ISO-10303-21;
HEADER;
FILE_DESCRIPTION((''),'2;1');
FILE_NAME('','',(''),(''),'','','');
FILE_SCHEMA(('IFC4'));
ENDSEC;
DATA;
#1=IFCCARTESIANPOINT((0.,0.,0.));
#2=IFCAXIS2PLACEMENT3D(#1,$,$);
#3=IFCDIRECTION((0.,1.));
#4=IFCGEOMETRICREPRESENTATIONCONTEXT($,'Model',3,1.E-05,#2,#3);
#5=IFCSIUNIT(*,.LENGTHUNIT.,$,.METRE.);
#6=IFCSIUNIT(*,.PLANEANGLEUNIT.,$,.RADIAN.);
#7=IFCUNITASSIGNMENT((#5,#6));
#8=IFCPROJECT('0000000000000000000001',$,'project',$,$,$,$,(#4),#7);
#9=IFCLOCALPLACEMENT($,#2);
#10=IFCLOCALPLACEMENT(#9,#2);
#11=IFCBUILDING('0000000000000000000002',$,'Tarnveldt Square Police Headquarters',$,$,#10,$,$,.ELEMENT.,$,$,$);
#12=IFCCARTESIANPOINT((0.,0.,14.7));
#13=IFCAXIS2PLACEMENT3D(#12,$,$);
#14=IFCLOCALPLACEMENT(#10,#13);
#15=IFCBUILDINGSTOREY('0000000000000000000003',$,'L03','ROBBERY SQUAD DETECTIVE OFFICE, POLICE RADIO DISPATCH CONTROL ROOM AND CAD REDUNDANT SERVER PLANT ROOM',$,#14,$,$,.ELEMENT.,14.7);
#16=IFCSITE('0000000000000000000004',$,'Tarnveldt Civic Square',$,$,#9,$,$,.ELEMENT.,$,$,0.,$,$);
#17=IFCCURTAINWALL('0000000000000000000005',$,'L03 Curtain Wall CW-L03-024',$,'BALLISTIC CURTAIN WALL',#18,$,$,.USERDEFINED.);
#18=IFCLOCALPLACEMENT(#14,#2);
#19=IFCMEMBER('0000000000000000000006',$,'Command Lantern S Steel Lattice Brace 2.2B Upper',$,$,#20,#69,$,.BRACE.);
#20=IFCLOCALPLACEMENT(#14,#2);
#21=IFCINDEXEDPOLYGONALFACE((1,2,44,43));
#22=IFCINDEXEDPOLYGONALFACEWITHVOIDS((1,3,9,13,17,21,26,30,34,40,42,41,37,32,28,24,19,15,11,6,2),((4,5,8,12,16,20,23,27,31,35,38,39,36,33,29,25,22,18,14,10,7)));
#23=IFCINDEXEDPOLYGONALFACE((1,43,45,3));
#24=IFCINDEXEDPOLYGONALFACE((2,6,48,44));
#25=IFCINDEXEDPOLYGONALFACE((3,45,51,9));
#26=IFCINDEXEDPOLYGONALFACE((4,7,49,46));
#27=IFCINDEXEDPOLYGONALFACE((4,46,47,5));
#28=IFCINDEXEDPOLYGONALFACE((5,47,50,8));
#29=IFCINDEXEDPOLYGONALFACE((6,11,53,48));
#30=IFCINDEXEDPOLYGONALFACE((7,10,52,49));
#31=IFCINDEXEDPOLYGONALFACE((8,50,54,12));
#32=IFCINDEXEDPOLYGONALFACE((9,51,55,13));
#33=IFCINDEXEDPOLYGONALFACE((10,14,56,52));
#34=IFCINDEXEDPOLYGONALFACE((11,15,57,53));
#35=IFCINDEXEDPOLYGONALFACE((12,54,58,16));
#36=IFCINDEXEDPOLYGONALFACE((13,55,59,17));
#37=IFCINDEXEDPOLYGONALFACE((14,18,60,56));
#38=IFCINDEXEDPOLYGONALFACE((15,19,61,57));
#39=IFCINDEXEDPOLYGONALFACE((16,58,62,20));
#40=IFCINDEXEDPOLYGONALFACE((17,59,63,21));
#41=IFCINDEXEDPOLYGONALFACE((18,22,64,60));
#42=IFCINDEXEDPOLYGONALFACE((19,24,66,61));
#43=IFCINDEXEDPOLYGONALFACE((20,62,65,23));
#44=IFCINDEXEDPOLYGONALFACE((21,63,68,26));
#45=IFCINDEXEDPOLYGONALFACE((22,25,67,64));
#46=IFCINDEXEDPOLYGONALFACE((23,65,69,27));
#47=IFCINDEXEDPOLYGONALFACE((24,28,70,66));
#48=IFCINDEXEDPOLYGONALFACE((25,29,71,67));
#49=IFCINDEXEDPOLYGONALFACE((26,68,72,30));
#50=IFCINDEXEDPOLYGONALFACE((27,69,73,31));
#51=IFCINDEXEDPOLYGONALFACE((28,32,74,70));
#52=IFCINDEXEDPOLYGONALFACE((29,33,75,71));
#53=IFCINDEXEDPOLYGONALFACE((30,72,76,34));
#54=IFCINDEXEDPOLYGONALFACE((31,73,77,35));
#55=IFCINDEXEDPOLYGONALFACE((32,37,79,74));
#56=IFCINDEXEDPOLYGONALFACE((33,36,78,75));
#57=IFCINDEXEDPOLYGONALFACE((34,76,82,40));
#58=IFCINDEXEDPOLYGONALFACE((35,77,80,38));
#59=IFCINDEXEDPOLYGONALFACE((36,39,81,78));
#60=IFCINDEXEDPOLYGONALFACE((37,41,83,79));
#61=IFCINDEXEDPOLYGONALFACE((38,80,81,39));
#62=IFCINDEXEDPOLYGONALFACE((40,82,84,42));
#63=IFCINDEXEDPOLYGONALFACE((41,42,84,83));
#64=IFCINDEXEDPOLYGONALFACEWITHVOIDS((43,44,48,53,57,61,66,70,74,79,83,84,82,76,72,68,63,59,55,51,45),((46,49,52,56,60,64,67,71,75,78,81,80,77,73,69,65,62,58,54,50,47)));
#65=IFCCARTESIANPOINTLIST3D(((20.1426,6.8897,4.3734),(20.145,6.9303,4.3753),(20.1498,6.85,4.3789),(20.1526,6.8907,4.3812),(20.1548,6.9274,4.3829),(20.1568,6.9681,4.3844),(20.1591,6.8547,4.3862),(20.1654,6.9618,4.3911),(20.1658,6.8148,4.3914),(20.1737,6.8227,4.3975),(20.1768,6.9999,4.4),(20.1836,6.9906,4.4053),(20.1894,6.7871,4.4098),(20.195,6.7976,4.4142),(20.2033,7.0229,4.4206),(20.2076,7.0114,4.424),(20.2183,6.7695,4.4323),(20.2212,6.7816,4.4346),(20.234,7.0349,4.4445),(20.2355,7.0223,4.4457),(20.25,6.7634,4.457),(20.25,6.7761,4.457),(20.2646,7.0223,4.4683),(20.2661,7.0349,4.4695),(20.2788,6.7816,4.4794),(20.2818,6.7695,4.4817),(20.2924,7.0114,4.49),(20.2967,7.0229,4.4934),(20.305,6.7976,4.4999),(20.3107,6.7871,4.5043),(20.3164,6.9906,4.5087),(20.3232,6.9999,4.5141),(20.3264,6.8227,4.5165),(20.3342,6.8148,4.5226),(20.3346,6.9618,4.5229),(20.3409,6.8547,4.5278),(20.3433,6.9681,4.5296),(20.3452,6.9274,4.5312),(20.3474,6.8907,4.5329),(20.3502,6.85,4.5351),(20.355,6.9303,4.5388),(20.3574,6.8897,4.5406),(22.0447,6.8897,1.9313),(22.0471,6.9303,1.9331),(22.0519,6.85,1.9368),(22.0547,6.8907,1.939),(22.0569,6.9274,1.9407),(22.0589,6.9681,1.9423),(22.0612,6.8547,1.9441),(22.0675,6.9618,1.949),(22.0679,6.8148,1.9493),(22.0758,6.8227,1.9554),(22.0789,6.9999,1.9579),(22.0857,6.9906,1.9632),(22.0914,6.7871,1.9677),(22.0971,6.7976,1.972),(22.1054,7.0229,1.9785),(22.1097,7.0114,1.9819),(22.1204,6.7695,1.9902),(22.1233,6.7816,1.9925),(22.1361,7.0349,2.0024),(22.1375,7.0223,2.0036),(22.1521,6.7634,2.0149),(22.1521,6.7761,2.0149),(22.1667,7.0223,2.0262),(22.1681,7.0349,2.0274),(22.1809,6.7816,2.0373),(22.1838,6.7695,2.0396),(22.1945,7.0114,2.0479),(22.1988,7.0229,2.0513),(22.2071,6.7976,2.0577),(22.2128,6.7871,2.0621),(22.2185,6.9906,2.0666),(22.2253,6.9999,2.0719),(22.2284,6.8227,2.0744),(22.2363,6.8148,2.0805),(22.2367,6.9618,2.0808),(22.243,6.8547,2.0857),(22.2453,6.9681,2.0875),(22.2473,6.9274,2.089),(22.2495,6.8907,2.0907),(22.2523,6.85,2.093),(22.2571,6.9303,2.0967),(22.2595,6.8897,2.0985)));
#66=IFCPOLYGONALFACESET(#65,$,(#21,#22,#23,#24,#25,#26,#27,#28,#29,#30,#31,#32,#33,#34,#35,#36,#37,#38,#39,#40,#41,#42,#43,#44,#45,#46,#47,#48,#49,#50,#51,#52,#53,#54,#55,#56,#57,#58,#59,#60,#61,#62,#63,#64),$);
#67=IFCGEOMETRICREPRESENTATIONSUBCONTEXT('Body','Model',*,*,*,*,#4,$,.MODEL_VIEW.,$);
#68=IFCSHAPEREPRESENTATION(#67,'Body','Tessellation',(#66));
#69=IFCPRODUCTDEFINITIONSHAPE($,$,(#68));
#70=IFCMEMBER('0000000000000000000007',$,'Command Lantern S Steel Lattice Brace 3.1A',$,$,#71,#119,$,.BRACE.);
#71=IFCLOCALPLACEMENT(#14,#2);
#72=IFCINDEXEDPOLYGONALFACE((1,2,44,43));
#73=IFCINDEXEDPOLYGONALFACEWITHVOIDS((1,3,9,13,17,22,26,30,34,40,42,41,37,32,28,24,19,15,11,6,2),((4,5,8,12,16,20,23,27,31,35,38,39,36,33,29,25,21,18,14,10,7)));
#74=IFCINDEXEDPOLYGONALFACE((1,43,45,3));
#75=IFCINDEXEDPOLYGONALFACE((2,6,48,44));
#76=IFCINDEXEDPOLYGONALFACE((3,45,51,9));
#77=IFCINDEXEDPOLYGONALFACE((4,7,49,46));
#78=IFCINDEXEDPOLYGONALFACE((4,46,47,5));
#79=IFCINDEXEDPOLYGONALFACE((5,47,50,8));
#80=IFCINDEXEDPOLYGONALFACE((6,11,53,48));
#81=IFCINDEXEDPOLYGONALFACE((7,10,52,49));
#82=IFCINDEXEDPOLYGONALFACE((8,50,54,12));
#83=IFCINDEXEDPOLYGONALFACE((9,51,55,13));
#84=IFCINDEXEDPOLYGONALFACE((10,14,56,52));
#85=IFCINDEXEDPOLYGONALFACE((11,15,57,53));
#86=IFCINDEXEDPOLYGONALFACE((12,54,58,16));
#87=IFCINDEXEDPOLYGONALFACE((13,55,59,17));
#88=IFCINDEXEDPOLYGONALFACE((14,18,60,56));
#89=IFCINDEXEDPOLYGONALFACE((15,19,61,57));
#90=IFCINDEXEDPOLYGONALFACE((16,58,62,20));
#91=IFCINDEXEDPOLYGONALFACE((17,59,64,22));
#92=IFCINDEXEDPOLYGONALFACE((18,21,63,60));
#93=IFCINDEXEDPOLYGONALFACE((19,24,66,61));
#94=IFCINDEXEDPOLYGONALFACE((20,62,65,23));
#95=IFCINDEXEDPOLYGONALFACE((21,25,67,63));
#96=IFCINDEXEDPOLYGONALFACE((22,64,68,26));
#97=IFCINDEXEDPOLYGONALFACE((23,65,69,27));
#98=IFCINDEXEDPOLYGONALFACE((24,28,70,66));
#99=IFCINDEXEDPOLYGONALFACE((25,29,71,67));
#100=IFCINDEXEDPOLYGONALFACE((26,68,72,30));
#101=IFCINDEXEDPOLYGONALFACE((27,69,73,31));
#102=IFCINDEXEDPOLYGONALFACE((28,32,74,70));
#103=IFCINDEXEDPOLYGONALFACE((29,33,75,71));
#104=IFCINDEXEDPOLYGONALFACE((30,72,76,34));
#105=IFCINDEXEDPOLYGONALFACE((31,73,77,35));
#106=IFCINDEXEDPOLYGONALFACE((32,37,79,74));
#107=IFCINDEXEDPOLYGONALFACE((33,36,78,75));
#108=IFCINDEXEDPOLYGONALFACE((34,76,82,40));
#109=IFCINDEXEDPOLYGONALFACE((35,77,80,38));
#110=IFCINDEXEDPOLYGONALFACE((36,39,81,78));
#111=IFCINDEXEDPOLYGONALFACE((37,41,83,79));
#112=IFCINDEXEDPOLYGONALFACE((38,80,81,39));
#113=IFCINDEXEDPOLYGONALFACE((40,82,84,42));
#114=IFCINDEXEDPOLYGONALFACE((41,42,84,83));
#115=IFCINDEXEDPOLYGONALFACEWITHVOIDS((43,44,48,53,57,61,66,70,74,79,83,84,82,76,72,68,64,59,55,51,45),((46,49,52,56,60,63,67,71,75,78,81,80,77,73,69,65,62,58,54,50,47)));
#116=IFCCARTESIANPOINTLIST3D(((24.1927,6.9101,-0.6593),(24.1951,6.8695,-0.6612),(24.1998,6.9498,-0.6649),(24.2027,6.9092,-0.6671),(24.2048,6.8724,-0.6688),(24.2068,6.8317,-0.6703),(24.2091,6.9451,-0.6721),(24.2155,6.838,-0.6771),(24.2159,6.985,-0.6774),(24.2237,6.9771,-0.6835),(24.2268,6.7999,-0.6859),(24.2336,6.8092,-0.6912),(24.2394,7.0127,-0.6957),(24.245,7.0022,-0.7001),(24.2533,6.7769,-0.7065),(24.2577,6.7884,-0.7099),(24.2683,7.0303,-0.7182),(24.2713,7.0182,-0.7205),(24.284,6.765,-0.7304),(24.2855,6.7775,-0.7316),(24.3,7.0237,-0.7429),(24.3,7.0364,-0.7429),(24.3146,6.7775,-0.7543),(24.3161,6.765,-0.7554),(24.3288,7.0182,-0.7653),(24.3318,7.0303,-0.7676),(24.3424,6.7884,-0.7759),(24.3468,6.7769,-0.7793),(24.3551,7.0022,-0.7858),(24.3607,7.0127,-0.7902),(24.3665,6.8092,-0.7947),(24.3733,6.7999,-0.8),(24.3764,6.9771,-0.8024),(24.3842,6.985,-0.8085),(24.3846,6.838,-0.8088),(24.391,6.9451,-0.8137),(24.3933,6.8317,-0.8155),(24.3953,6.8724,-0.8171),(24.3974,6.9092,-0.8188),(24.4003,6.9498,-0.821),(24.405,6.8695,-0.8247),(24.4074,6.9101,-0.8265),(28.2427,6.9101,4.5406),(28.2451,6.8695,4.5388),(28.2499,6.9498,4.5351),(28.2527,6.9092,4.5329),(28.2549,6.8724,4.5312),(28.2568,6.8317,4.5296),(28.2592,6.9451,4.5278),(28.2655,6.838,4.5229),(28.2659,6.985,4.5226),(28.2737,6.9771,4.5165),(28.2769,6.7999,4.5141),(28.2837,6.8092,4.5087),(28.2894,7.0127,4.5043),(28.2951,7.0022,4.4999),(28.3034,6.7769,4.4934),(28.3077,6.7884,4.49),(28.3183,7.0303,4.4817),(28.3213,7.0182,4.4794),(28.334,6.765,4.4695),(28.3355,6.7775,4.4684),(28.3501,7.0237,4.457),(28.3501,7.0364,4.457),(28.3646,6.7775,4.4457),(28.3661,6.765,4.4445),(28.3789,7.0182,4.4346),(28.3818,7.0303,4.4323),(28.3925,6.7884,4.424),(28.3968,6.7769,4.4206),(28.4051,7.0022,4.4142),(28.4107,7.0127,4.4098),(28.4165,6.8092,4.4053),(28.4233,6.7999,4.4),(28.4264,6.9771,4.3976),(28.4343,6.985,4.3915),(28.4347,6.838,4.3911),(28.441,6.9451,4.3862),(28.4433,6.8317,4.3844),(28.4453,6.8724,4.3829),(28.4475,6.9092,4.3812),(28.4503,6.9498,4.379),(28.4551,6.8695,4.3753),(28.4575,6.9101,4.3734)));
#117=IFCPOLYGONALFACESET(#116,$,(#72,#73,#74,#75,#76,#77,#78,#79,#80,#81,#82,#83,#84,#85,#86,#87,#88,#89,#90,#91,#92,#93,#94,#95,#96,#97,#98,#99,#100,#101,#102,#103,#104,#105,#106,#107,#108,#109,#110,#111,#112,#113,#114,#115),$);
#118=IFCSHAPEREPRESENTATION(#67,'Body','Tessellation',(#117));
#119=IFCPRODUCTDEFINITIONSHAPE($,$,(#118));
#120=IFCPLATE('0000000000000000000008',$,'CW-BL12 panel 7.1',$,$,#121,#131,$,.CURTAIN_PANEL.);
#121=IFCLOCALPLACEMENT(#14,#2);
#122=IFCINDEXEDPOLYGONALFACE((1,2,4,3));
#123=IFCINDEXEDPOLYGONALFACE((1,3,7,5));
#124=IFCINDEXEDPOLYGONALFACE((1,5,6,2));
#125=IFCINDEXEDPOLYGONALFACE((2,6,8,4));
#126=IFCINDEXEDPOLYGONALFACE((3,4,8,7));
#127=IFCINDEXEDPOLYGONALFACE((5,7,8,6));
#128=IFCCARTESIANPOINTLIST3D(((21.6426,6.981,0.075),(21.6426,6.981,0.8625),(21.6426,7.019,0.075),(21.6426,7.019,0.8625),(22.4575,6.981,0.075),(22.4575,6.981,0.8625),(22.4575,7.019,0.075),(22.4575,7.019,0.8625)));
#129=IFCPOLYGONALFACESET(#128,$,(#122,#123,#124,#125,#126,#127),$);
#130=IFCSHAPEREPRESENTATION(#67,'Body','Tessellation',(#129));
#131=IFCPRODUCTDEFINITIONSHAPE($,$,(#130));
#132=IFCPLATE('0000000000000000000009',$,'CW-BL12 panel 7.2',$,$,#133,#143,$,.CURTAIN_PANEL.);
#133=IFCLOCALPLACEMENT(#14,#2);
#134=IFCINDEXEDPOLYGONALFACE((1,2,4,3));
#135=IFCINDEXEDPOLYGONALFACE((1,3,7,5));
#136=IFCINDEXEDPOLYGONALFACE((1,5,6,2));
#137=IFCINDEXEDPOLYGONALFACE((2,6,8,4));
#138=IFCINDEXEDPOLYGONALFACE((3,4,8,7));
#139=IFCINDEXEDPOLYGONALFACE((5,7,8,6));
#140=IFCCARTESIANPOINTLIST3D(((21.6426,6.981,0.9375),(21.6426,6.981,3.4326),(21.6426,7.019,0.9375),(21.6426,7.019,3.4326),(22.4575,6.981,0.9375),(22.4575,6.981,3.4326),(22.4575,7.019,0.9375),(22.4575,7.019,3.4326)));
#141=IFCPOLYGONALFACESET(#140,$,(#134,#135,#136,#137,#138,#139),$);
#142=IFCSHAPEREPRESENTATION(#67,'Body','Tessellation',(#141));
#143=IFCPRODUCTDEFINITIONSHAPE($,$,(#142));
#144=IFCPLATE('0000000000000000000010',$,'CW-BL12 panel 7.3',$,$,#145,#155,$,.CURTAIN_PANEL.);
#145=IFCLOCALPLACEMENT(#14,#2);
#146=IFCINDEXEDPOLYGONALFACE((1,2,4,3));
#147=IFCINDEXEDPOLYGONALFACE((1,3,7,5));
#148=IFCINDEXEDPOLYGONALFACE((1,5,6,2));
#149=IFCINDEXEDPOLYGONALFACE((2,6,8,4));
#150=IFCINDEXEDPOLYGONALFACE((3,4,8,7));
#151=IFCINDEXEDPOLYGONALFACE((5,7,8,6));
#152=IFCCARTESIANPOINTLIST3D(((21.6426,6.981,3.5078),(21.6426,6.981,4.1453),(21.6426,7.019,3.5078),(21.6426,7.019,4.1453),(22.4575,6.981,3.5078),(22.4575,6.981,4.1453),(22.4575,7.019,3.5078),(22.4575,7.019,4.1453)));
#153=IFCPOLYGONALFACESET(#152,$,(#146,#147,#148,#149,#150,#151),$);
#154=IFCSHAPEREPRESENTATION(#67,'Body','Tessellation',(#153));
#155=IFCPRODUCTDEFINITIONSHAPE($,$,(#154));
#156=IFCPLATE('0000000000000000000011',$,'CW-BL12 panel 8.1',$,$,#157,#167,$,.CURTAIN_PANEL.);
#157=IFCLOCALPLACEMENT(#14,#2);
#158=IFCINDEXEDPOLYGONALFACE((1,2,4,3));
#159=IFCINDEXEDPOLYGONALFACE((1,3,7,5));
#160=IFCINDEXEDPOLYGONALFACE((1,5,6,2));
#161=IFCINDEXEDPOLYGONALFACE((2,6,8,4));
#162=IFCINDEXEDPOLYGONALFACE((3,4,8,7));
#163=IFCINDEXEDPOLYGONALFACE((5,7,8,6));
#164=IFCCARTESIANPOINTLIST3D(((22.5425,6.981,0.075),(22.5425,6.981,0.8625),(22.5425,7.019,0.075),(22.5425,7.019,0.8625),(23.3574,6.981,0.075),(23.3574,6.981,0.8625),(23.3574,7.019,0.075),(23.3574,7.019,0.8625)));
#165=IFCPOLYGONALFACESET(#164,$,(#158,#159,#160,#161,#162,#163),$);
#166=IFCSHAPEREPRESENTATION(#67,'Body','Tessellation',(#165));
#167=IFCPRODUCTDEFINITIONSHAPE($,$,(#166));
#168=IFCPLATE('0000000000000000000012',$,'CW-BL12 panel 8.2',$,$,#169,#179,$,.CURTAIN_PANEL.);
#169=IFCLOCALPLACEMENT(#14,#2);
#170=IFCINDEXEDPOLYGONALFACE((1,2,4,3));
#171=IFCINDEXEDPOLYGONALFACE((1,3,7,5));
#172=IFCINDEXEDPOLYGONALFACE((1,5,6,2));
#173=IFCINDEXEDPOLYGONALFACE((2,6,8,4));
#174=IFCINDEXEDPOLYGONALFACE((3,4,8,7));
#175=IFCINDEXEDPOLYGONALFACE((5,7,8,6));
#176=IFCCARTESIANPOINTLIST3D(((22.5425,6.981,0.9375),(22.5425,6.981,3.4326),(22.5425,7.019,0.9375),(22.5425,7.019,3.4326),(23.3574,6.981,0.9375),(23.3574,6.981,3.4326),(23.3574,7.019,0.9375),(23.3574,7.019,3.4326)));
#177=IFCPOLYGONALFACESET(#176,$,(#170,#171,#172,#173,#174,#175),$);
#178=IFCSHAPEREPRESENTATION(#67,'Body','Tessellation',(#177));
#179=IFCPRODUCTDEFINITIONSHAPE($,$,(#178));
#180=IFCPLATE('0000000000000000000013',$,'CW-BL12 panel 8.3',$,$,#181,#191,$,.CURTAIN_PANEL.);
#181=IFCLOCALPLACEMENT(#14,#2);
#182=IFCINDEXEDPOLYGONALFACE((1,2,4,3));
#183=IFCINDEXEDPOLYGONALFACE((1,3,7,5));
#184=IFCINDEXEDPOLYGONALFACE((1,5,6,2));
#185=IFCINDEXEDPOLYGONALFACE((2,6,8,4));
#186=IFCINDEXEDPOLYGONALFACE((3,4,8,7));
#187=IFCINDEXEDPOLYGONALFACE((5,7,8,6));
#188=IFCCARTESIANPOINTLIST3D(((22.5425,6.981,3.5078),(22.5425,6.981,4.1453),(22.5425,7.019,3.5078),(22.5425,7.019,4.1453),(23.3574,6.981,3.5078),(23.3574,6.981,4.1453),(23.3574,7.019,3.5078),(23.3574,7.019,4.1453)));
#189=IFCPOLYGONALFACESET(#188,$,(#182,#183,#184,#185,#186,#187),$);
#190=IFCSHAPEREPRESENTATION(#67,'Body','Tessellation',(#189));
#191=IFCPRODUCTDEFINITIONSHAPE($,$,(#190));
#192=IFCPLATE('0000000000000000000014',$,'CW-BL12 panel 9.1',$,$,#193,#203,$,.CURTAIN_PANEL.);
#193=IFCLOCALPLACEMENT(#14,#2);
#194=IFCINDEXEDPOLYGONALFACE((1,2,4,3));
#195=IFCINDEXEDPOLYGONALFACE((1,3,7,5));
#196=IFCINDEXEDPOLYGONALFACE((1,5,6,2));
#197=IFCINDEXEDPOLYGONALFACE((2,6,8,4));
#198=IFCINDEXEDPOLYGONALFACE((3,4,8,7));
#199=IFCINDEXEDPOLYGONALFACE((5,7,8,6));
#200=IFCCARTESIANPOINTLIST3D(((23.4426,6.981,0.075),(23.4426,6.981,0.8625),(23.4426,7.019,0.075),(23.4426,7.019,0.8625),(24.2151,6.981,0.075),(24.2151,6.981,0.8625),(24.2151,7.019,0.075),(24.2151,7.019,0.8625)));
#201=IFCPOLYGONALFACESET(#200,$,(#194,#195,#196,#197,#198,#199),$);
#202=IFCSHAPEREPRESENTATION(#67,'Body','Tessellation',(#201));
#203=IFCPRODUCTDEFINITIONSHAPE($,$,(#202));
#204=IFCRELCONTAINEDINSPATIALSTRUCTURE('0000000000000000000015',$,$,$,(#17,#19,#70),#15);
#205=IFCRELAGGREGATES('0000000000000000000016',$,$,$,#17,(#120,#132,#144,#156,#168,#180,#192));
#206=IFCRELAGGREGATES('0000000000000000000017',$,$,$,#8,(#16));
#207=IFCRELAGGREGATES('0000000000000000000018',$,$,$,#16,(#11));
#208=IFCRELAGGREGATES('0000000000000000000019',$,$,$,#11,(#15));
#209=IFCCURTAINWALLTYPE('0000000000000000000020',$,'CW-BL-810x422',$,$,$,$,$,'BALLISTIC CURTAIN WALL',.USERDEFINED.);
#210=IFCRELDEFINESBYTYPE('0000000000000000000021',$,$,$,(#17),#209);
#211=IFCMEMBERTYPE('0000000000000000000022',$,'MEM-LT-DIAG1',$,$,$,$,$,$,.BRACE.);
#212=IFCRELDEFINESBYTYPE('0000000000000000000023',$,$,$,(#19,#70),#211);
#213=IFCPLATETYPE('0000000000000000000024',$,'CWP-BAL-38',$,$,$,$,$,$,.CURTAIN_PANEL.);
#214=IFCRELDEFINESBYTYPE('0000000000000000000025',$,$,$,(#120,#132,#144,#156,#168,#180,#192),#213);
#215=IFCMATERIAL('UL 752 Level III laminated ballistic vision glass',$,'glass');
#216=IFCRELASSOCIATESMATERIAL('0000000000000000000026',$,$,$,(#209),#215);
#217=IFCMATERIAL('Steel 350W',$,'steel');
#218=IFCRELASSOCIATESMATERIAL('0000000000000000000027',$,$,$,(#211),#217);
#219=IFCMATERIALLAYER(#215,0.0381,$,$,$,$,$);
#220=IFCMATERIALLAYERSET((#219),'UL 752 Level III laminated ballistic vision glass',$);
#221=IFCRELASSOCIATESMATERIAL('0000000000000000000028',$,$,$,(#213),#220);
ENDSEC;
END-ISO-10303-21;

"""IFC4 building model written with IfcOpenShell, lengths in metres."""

from ifc_helpers import new_model, si_unit, direction, frame, origin, origin_2d, place, context, subcontext, project, spatial, rectangle, hollow_circle, extrude, material, layer, layer_set, material_profile, profile_set, type_object, element, aggregate, save


model = new_model("IFC4")

# Units and contexts
model_context = context("Model", 3, precision=1e-05, world=origin(), true_north=direction((0.0, 1.0)))
body_context = subcontext(model_context, "Body", "Model", "MODEL_VIEW")
ifc_project = project(units=[si_unit("LENGTHUNIT", "METRE"), si_unit("PLANEANGLEUNIT", "RADIAN")], contexts=[model_context])

# Site, building, storey
site_placement = place(None, origin())
site = spatial("IfcSite", under=ifc_project, at=site_placement, Name="Tarnveldt Civic Square", CompositionType="ELEMENT", RefElevation=0.0)
building_placement = place(site_placement, origin())
building = spatial("IfcBuilding", under=site, at=building_placement, Name="Tarnveldt Square Police Headquarters", CompositionType="ELEMENT")
storey_placement = place(building_placement, frame((0.0, 0.0, 14.7)))
storey = spatial("IfcBuildingStorey", under=building, at=storey_placement, Name="L03", Description="ROBBERY SQUAD DETECTIVE OFFICE, POLICE RADIO DISPATCH CONTROL ROOM AND CAD REDUNDANT SERVER PLANT ROOM", CompositionType="ELEMENT", Elevation=14.7)

# Curtain wall
ifc_material_1 = material(Name="UL 752 Level III laminated ballistic vision glass", Category="glass")
curtain_wall_type = type_object("IfcCurtainWallType", Name="CW-BL-810x422", ElementType="BALLISTIC CURTAIN WALL", PredefinedType="USERDEFINED", material=ifc_material_1)
curtain_wall_placement = place(storey_placement, origin())
curtain_wall = element("IfcCurtainWall", 1, at=curtain_wall_placement, inside=storey, type_object=curtain_wall_type, Name="L03 Curtain Wall CW-L03-024", ObjectType="BALLISTIC CURTAIN WALL", PredefinedType="USERDEFINED")

# Members
ifc_material_2 = material(Name="Steel 350W", Category="steel")
ifc_material_profile_1 = material_profile(ifc_material_2, hollow_circle(Radius=0.1365, WallThickness=0.0127, at=origin_2d()), Name="HSS273x13")
ifc_profile_set_1 = profile_set([ifc_material_profile_1], Name="Steel 350W")
member_type_1 = type_object("IfcMemberType", Name="MEM-LT-DIAG1", PredefinedType="BRACE", material=ifc_profile_set_1)
for number, where, z_axis, x_axis, name in (
    (2, (22.1521, 6.8999, 2.0149), (-0.614476, 0.0, 0.788936), (0.0, -1.0, 0.0), "Command Lantern S Steel Lattice Brace 2.2B Upper"),
):
    element("IfcMember", number, at=place(storey_placement, frame(where, z_axis=z_axis, x_axis=x_axis)), inside=storey, type_object=member_type_1, Name=name, PredefinedType="BRACE", context=body_context, shape_type="SweptSolid", body=[
        extrude(hollow_circle(Radius=0.1365, WallThickness=0.0127, at=origin_2d()), origin(), (0.0, 0.0, 1.0), 3.0955),
    ])
member_1_placement = place(storey_placement, frame((24.3, 6.8999, -0.7429), z_axis=(0.614474, 0.0, 0.788937), x_axis=(0.0, 1.0, 0.0)))
element("IfcMember", 3, at=member_1_placement, inside=storey, type_object=member_type_1, Name="Command Lantern S Steel Lattice Brace 3.1A", PredefinedType="BRACE", context=body_context, shape_type="SweptSolid", body=[
    extrude(hollow_circle(Radius=0.1365, WallThickness=0.0127, at=origin_2d()), origin(), (0.0, 0.0, 1.0), 6.5911),
])

# Plates
ifc_layer_1 = layer(ifc_material_1, 0.0381)
ifc_layer_set_1 = layer_set([ifc_layer_1], Name="UL 752 Level III laminated ballistic vision glass")
plate_type_1 = type_object("IfcPlateType", Name="CWP-BAL-38", PredefinedType="CURTAIN_PANEL", material=ifc_layer_set_1)
plate_1_placement = place(storey_placement, frame((22.05, 7.0, 0.075), z_axis=(0.0, 0.0, 1.0), x_axis=(1.0, 0.0, 0.0)))
plate_1 = element("IfcPlate", 4, at=plate_1_placement, type_object=plate_type_1, Name="CW-BL12 panel 7.1", PredefinedType="CURTAIN_PANEL", context=body_context, shape_type="SweptSolid", body=[
    extrude(rectangle(XDim=0.8149, YDim=0.0381, at=origin_2d()), origin(), (0.0, 0.0, 1.0), 0.7876),
])
plate_2_placement = place(storey_placement, frame((22.05, 7.0, 0.9375), z_axis=(0.0, 0.0, 1.0), x_axis=(1.0, 0.0, 0.0)))
plate_2 = element("IfcPlate", 5, at=plate_2_placement, type_object=plate_type_1, Name="CW-BL12 panel 7.2", PredefinedType="CURTAIN_PANEL", context=body_context, shape_type="SweptSolid", body=[
    extrude(rectangle(XDim=0.8149, YDim=0.0381, at=origin_2d()), origin(), (0.0, 0.0, 1.0), 2.4951),
])
plate_3_placement = place(storey_placement, frame((22.05, 7.0, 3.5078), z_axis=(0.0, 0.0, 1.0), x_axis=(1.0, 0.0, 0.0)))
plate_3 = element("IfcPlate", 6, at=plate_3_placement, type_object=plate_type_1, Name="CW-BL12 panel 7.3", PredefinedType="CURTAIN_PANEL", context=body_context, shape_type="SweptSolid", body=[
    extrude(rectangle(XDim=0.8149, YDim=0.0381, at=origin_2d()), origin(), (0.0, 0.0, 1.0), 0.6375),
])
plate_4_placement = place(storey_placement, frame((22.95, 7.0, 0.075), z_axis=(0.0, 0.0, 1.0), x_axis=(1.0, 0.0, 0.0)))
plate_4 = element("IfcPlate", 7, at=plate_4_placement, type_object=plate_type_1, Name="CW-BL12 panel 8.1", PredefinedType="CURTAIN_PANEL", context=body_context, shape_type="SweptSolid", body=[
    extrude(rectangle(XDim=0.8149, YDim=0.0381, at=origin_2d()), origin(), (0.0, 0.0, 1.0), 0.7876),
])
plate_5_placement = place(storey_placement, frame((22.95, 7.0, 0.9375), z_axis=(0.0, 0.0, 1.0), x_axis=(1.0, 0.0, 0.0)))
plate_5 = element("IfcPlate", 8, at=plate_5_placement, type_object=plate_type_1, Name="CW-BL12 panel 8.2", PredefinedType="CURTAIN_PANEL", context=body_context, shape_type="SweptSolid", body=[
    extrude(rectangle(XDim=0.8149, YDim=0.0381, at=origin_2d()), origin(), (0.0, 0.0, 1.0), 2.4951),
])
plate_6_placement = place(storey_placement, frame((22.95, 7.0, 3.5078), z_axis=(0.0, 0.0, 1.0), x_axis=(1.0, 0.0, 0.0)))
plate_6 = element("IfcPlate", 9, at=plate_6_placement, type_object=plate_type_1, Name="CW-BL12 panel 8.3", PredefinedType="CURTAIN_PANEL", context=body_context, shape_type="SweptSolid", body=[
    extrude(rectangle(XDim=0.8149, YDim=0.0381, at=origin_2d()), origin(), (0.0, 0.0, 1.0), 0.6375),
])
plate_7_placement = place(storey_placement, frame((23.8289, 7.0, 0.075), z_axis=(0.0, 0.0, 1.0), x_axis=(1.0, 0.0, 0.0)))
plate_7 = element("IfcPlate", 10, at=plate_7_placement, type_object=plate_type_1, Name="CW-BL12 panel 9.1", PredefinedType="CURTAIN_PANEL", context=body_context, shape_type="SweptSolid", body=[
    extrude(rectangle(XDim=0.7725, YDim=0.0381, at=origin_2d()), origin(), (0.0, 0.0, 1.0), 0.7876),
])
aggregate(curtain_wall, [plate_1, plate_2, plate_3, plate_4, plate_5, plate_6, plate_7])

save(model, "model.ifc")
